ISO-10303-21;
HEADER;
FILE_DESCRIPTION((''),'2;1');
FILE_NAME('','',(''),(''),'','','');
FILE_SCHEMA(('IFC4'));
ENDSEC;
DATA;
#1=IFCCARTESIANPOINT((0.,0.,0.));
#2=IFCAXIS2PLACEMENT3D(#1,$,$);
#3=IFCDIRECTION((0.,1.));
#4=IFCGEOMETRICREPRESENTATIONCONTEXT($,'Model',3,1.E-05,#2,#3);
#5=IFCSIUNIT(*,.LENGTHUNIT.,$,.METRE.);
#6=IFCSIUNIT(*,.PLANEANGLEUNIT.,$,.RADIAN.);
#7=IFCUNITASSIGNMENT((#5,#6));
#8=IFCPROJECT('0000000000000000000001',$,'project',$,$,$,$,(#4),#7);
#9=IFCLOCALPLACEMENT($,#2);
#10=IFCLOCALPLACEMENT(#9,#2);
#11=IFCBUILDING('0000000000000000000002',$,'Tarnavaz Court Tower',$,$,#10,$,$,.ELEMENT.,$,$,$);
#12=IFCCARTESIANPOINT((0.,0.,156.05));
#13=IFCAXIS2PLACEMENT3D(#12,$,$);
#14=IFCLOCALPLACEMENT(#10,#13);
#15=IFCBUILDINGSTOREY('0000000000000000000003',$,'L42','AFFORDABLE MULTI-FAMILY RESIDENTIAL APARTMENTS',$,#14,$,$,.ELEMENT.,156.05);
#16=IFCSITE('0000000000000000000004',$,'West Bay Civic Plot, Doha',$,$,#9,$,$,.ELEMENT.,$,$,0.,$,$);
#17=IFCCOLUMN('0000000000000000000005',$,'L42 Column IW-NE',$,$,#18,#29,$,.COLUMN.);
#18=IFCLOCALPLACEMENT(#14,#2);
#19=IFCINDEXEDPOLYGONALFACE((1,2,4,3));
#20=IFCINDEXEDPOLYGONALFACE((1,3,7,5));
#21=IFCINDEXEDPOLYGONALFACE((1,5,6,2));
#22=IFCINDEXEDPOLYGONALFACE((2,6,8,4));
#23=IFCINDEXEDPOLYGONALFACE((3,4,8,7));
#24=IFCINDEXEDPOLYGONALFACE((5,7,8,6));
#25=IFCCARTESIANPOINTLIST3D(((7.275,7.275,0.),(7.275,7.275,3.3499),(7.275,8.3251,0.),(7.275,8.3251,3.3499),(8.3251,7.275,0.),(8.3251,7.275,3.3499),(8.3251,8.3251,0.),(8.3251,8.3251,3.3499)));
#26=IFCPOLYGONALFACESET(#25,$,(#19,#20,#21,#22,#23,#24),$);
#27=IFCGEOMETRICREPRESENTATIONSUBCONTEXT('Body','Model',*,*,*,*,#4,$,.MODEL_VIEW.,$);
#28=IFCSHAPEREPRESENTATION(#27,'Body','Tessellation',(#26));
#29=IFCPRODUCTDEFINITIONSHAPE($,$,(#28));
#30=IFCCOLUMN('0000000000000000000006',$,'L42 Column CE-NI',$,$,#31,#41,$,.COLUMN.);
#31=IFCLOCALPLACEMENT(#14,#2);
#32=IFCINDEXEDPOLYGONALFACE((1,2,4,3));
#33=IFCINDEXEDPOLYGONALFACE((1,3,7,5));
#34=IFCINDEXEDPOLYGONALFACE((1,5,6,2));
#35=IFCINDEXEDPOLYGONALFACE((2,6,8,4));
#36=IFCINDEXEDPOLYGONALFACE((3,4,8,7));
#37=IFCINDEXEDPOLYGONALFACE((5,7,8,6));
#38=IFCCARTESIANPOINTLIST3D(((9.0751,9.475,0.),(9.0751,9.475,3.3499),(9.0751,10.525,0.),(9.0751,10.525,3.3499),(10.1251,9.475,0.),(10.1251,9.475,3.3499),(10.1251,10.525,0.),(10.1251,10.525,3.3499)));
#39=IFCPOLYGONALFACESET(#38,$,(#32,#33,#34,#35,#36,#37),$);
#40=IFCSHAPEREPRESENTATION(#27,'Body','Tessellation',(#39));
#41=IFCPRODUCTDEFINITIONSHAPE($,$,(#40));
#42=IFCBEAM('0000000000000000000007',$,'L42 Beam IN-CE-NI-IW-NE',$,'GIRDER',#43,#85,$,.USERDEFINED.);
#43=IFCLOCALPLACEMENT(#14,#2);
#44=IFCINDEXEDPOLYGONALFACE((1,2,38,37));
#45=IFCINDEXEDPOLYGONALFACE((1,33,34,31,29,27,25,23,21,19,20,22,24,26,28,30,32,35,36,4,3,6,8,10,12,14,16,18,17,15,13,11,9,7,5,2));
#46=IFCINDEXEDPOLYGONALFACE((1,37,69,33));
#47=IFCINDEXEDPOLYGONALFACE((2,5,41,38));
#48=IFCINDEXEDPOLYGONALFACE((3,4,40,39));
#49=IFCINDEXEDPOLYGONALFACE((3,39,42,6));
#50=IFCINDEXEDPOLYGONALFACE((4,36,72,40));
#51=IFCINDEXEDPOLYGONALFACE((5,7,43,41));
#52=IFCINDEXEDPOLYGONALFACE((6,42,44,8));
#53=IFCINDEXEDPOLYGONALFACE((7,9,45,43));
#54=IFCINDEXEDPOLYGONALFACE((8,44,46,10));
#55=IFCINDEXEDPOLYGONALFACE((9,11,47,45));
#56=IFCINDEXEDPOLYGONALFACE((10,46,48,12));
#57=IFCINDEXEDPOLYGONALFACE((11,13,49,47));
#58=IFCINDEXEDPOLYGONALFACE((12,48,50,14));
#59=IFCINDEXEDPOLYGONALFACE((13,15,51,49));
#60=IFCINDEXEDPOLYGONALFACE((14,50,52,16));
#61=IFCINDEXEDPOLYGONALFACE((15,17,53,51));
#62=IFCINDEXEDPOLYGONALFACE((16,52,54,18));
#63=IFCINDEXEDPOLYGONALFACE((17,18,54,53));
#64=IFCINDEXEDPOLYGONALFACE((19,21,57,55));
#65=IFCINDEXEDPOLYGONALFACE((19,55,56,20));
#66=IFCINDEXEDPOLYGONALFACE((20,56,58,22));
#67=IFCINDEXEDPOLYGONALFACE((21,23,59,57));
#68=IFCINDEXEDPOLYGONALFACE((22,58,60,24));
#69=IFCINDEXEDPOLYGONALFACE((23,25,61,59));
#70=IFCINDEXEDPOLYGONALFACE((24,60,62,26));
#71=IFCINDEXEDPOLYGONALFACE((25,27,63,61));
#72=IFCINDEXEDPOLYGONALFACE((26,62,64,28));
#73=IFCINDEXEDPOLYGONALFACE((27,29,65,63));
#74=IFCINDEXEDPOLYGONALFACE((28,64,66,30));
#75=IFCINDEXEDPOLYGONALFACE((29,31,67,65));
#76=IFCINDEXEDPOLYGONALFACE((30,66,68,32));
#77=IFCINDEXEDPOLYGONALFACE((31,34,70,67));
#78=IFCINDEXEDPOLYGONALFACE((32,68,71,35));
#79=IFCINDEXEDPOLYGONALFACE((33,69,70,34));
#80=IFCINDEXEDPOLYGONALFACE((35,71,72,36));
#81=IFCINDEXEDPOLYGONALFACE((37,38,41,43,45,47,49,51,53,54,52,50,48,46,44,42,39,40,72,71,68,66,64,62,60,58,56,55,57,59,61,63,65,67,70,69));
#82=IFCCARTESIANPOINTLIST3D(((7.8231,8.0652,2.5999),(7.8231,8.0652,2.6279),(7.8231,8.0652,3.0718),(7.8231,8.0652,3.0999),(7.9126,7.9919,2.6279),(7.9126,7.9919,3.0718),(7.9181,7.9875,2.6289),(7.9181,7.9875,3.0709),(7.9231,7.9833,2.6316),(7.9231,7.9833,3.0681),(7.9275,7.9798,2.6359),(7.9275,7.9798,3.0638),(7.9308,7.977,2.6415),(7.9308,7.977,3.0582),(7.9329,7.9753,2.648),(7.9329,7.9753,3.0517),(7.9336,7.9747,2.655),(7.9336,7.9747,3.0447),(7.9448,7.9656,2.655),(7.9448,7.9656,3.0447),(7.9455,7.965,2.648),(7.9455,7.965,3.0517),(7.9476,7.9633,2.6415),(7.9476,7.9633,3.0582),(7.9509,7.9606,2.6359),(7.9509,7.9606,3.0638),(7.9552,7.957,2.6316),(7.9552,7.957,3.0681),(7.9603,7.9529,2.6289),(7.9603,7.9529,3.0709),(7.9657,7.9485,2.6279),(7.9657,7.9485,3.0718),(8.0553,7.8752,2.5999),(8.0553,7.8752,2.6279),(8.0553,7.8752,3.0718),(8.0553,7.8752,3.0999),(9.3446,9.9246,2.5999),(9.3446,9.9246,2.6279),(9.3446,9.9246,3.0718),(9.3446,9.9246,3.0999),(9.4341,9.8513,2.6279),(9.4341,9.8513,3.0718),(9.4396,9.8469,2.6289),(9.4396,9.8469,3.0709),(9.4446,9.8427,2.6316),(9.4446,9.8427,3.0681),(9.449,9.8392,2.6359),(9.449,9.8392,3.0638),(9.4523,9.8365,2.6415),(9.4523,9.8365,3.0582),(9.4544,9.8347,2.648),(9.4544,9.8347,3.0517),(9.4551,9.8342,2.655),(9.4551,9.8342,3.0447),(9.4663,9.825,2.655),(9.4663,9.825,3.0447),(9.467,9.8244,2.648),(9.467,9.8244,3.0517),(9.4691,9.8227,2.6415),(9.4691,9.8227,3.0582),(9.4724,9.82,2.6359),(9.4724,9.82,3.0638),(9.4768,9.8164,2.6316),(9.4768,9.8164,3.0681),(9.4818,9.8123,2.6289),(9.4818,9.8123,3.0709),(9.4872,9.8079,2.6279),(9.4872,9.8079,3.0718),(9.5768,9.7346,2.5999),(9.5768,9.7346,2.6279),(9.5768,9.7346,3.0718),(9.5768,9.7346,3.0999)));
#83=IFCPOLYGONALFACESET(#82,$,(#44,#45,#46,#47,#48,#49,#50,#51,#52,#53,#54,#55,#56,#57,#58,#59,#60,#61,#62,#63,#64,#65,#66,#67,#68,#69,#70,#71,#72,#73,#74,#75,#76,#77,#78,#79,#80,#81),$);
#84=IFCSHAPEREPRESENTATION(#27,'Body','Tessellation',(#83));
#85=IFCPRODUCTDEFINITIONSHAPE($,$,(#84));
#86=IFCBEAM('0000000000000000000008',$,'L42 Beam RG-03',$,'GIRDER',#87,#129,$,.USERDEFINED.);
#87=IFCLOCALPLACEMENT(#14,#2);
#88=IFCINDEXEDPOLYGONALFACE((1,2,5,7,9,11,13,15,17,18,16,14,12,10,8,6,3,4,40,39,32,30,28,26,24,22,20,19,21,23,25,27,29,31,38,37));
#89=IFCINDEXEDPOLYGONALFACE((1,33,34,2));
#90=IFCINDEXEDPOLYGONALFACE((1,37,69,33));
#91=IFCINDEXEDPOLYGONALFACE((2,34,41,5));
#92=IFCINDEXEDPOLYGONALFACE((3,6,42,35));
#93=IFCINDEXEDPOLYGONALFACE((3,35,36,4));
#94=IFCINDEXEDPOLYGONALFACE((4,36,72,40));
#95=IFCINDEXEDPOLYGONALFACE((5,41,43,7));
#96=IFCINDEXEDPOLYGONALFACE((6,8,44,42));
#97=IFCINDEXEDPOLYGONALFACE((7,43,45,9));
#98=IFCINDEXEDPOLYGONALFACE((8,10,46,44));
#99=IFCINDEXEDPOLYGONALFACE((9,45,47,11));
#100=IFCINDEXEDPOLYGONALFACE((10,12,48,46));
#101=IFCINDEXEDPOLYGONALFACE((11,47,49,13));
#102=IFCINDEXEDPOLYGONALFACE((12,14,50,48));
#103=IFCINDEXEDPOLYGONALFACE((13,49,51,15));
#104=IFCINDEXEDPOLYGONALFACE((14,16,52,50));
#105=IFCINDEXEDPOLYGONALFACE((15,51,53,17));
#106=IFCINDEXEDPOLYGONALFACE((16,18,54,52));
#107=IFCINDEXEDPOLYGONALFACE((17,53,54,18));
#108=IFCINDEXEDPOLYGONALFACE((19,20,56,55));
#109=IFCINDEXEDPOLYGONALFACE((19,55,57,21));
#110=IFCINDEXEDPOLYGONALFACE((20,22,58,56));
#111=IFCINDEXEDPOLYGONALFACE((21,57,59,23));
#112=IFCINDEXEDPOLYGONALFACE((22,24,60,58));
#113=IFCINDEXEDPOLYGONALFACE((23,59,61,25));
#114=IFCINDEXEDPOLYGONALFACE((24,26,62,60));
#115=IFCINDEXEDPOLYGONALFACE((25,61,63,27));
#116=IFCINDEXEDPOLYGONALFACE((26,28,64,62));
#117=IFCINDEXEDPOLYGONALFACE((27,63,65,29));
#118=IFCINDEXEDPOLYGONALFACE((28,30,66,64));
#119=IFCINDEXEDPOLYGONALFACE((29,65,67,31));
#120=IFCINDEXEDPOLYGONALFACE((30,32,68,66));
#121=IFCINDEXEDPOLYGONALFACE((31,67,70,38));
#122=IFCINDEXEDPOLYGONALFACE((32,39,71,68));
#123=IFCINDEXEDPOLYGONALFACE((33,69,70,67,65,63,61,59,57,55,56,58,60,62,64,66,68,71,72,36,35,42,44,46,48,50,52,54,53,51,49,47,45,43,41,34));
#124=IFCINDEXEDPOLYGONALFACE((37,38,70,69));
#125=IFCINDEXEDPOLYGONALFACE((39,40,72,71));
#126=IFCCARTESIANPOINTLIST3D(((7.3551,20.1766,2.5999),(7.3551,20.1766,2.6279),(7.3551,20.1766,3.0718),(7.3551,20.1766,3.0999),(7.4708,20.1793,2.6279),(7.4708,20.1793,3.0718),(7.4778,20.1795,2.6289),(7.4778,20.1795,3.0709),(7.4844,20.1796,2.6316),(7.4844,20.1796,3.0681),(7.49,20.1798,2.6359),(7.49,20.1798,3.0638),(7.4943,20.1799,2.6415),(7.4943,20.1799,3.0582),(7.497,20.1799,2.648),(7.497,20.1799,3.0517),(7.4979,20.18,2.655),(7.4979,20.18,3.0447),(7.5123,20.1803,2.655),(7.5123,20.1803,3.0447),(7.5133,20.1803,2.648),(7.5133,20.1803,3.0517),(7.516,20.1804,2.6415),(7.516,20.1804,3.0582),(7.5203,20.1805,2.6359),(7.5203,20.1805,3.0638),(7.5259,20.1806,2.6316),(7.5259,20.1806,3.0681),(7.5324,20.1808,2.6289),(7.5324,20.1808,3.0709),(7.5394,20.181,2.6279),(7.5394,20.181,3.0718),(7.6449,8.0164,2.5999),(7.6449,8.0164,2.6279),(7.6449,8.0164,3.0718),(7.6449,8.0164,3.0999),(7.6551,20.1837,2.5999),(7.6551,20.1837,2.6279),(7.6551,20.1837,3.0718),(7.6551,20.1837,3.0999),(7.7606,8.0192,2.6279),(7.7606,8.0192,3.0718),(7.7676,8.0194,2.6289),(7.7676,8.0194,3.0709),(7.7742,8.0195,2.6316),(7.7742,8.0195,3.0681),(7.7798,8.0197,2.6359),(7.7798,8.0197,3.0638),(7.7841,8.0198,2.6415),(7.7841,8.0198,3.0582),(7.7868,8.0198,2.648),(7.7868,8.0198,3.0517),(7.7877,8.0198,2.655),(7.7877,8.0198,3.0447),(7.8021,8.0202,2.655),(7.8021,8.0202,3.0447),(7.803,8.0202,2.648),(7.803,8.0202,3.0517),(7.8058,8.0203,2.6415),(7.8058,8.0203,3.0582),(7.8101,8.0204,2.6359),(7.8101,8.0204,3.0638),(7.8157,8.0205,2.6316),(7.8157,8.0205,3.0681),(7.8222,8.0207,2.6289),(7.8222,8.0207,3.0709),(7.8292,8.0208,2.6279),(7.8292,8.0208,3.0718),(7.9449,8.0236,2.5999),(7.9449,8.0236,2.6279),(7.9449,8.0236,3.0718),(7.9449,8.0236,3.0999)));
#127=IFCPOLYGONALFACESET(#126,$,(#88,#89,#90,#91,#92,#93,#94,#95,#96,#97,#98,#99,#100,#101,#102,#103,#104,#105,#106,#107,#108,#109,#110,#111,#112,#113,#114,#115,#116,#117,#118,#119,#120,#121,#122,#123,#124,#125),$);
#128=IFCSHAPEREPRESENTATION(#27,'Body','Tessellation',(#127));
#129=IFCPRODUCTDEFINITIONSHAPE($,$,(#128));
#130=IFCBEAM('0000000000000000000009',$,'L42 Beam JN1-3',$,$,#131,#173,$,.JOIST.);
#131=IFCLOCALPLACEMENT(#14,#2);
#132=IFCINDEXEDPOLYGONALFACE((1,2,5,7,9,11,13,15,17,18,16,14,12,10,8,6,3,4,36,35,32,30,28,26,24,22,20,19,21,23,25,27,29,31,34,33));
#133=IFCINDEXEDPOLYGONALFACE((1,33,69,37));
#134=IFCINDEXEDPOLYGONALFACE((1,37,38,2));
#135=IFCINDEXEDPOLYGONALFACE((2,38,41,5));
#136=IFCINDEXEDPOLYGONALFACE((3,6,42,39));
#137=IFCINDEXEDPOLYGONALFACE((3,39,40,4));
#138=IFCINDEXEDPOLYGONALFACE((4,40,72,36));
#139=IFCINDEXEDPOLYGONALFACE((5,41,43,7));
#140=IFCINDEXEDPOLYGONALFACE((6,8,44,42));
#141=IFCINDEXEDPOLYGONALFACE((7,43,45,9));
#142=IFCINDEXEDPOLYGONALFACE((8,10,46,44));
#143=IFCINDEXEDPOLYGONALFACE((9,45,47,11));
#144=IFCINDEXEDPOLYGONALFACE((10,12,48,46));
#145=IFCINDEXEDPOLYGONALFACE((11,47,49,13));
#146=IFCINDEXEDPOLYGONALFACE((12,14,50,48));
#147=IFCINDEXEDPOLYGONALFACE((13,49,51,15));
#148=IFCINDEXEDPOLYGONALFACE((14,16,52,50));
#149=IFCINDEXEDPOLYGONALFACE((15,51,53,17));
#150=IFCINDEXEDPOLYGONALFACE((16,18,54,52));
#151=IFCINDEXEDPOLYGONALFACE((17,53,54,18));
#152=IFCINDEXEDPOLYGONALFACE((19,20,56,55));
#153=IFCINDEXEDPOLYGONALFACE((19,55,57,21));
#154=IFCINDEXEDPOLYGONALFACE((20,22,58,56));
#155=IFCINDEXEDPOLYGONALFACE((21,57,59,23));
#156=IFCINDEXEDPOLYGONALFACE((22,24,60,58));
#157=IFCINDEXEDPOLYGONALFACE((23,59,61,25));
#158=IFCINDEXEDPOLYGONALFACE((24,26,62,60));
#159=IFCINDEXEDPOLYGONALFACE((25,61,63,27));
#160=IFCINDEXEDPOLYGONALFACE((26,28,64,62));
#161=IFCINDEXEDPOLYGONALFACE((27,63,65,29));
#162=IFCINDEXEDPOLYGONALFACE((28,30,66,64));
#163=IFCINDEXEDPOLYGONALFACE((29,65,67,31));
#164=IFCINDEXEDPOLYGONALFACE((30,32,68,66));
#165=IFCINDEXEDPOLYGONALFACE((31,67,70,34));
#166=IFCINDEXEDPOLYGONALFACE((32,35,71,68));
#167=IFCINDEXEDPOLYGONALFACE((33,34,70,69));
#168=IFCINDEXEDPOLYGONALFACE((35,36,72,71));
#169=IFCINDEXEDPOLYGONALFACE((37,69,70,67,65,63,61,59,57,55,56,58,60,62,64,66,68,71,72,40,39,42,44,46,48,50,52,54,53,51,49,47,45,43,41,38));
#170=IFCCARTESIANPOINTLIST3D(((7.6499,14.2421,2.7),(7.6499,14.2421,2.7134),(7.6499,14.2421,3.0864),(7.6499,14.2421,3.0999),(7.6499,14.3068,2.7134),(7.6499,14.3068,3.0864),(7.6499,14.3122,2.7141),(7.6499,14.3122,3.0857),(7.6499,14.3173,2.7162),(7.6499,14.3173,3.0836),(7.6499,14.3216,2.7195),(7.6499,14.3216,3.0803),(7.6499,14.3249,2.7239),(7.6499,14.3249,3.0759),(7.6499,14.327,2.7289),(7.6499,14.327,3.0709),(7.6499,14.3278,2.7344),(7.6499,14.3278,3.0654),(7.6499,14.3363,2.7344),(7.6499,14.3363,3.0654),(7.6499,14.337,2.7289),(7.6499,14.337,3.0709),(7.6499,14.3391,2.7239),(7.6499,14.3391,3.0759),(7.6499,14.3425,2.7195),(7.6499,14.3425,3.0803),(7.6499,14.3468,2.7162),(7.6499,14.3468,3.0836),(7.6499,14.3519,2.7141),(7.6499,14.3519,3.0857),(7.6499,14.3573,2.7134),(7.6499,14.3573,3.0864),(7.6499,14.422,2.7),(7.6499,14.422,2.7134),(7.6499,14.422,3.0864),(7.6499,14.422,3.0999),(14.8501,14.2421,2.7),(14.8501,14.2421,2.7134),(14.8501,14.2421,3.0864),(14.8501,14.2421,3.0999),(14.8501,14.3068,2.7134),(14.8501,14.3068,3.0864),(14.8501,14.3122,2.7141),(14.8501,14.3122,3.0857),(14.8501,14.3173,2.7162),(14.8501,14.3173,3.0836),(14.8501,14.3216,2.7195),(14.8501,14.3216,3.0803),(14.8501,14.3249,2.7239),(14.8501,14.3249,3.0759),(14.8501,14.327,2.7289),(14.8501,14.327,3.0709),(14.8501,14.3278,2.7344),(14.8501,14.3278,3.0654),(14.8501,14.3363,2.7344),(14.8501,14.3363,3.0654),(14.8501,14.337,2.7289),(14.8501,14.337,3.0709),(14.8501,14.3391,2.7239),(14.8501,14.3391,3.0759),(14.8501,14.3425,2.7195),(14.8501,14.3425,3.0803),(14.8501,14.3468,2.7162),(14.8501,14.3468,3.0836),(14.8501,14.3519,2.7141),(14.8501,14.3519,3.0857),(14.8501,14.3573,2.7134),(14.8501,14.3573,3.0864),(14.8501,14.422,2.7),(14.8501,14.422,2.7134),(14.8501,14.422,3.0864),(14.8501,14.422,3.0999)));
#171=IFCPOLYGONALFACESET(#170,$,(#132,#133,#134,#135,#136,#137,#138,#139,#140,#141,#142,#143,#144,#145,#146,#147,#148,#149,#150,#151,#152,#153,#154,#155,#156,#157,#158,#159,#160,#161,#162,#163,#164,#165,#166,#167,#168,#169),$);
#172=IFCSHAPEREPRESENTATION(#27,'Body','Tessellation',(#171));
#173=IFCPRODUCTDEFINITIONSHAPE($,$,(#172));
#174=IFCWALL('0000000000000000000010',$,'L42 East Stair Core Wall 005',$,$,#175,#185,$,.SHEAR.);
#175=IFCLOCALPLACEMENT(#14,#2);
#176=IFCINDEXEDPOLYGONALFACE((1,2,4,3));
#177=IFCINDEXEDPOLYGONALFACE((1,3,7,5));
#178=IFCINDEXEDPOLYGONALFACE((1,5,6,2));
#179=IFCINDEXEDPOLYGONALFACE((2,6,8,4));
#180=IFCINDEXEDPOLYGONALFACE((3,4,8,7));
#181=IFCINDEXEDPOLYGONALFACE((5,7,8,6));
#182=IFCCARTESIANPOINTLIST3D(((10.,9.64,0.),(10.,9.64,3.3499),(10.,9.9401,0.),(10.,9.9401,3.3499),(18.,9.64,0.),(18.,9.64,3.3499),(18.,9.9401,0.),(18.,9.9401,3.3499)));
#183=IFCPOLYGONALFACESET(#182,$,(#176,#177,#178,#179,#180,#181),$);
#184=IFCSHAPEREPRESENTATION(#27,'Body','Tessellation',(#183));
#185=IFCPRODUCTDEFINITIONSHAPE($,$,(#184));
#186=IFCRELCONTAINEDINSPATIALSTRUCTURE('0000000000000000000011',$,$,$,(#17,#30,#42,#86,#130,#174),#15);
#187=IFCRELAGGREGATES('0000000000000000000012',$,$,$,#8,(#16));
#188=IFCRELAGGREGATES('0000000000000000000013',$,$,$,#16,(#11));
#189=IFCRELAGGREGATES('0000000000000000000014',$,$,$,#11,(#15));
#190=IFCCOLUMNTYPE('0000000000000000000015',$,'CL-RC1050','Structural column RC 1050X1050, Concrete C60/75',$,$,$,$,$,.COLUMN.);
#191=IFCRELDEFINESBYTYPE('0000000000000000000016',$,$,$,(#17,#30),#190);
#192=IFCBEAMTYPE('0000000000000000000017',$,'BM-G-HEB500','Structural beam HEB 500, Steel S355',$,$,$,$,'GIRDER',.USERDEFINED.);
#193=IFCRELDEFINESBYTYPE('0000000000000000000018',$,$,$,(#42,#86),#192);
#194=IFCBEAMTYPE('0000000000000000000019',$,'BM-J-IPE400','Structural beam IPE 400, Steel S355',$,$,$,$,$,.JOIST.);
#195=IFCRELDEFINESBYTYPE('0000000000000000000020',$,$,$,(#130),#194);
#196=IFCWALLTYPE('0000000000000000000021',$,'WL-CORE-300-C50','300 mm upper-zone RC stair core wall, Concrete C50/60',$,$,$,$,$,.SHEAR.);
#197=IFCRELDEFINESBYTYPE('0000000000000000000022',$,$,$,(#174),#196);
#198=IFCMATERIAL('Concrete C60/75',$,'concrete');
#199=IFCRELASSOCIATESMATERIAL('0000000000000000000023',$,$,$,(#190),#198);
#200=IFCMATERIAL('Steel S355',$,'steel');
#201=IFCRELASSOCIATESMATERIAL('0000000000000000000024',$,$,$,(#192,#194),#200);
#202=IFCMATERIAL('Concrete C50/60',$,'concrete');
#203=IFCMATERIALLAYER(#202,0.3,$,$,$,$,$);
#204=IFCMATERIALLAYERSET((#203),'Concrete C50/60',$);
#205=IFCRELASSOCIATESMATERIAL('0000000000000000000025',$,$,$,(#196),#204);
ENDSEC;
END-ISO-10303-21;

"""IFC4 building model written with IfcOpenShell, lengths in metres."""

from ifc_helpers import new_model, si_unit, direction, frame, frame_2d, origin, origin_2d, place, context, subcontext, project, spatial, rectangle, i_section, extrude, material, layer, layer_set, material_profile, profile_set, type_object, element, save


model = new_model("IFC4")

# Units and contexts
model_context = context("Model", 3, precision=1e-05, world=origin(), true_north=direction((0.0, 1.0)))
body_context = subcontext(model_context, "Body", "Model", "MODEL_VIEW")
ifc_project = project(units=[si_unit("LENGTHUNIT", "METRE"), si_unit("PLANEANGLEUNIT", "RADIAN")], contexts=[model_context])

# Site, building, storey
site_placement = place(None, origin())
site = spatial("IfcSite", under=ifc_project, at=site_placement, Name="West Bay Civic Plot, Doha", CompositionType="ELEMENT", RefElevation=0.0)
building_placement = place(site_placement, origin())
building = spatial("IfcBuilding", under=site, at=building_placement, Name="Tarnavaz Court Tower", CompositionType="ELEMENT")
storey_placement = place(building_placement, frame((0.0, 0.0, 156.05)))
storey = spatial("IfcBuildingStorey", under=building, at=storey_placement, Name="L42", Description="AFFORDABLE MULTI-FAMILY RESIDENTIAL APARTMENTS", CompositionType="ELEMENT", Elevation=156.05)

# Columns
ifc_material_1 = material(Name="Concrete C60/75", Category="concrete")
ifc_material_profile_1 = material_profile(ifc_material_1, rectangle(XDim=1.05, YDim=1.05, at=origin_2d()), Name="RC 1050X1050")
ifc_profile_set_1 = profile_set([ifc_material_profile_1], Name="Concrete C60/75")
column_type = type_object("IfcColumnType", Name="CL-RC1050", Description="Structural column RC 1050X1050, Concrete C60/75", PredefinedType="COLUMN", material=ifc_profile_set_1)
for number, where, z_axis, x_axis, name in (
    (1, (7.8, 7.8, 0.0), (0.0, 0.0, 1.0), (1.0, 0.0, 0.0), "L42 Column IW-NE"),
    (2, (9.6001, 10.0, 0.0), (0.0, 0.0, 1.0), (1.0, 0.0, 0.0), "L42 Column CE-NI"),
):
    element("IfcColumn", number, at=place(storey_placement, frame(where, z_axis=z_axis, x_axis=x_axis)), inside=storey, type_object=column_type, Name=name, PredefinedType="COLUMN", context=body_context, shape_type="SweptSolid", body=[
        extrude(rectangle(XDim=1.05, YDim=1.05, at=origin_2d()), origin(), (0.0, 0.0, 1.0), 3.3499),
    ])

# Beams
ifc_material_2 = material(Name="Steel S355", Category="steel")
ifc_material_profile_2 = material_profile(ifc_material_2, i_section(OverallWidth=0.3, OverallDepth=0.5, WebThickness=0.0144, FlangeThickness=0.0281, FilletRadius=0.0271, at=origin_2d()), Name="HEB 500")
ifc_profile_set_2 = profile_set([ifc_material_profile_2], Name="Steel S355")
beam_type_1 = type_object("IfcBeamType", Name="BM-G-HEB500", Description="Structural beam HEB 500, Steel S355", ElementType="GIRDER", PredefinedType="USERDEFINED", material=ifc_profile_set_2)
beam_1_placement = place(storey_placement, frame((9.4607, 9.8296, 2.8499), z_axis=(-0.633282, -0.773921, 0.0), x_axis=(0.773921, -0.633282, 0.0)))
element("IfcBeam", 3, at=beam_1_placement, inside=storey, type_object=beam_type_1, Name="L42 Beam IN-CE-NI-IW-NE", ObjectType="GIRDER", PredefinedType="USERDEFINED", context=body_context, shape_type="SweptSolid", body=[
    extrude(i_section(OverallWidth=0.3, OverallDepth=0.5, WebThickness=0.0144, FlangeThickness=0.0281, FilletRadius=0.0271, at=origin_2d()), origin(), (0.0, 0.0, 1.0), 2.4026),
])
beam_2_placement = place(storey_placement, frame((7.7949, 8.02, 2.8499), z_axis=(-0.023825, 0.999716, 0.0), x_axis=(-0.999716, -0.023825, 0.0)))
element("IfcBeam", 4, at=beam_2_placement, inside=storey, type_object=beam_type_1, Name="L42 Beam RG-03", ObjectType="GIRDER", PredefinedType="USERDEFINED", context=body_context, shape_type="SweptSolid", body=[
    extrude(i_section(OverallWidth=0.3, OverallDepth=0.5, WebThickness=0.0144, FlangeThickness=0.0281, FilletRadius=0.0271, at=origin_2d()), origin(), (0.0, 0.0, 1.0), 12.1636),
])
ifc_material_profile_3 = material_profile(ifc_material_2, i_section(OverallWidth=0.1799, OverallDepth=0.3999, WebThickness=0.0085, FlangeThickness=0.0134, FilletRadius=0.021, at=origin_2d()), Name="IPE 400")
ifc_profile_set_3 = profile_set([ifc_material_profile_3], Name="Steel S355")
beam_type_2 = type_object("IfcBeamType", Name="BM-J-IPE400", Description="Structural beam IPE 400, Steel S355", PredefinedType="JOIST", material=ifc_profile_set_3)
beam_3_placement = place(storey_placement, frame((7.6499, 14.332, 2.8999), z_axis=(1.0, 0.0, 0.0), x_axis=(0.0, 1.0, 0.0)))
element("IfcBeam", 5, at=beam_3_placement, inside=storey, type_object=beam_type_2, Name="L42 Beam JN1-3", PredefinedType="JOIST", context=body_context, shape_type="SweptSolid", body=[
    extrude(i_section(OverallWidth=0.1799, OverallDepth=0.3999, WebThickness=0.0085, FlangeThickness=0.0134, FilletRadius=0.021, at=origin_2d()), origin(), (0.0, 0.0, 1.0), 7.2002),
])

# Wall
ifc_material_3 = material(Name="Concrete C50/60", Category="concrete")
ifc_layer_1 = layer(ifc_material_3, 0.3)
ifc_layer_set_1 = layer_set([ifc_layer_1], Name="Concrete C50/60")
wall_type_1 = type_object("IfcWallType", Name="WL-CORE-300-C50", Description="300 mm upper-zone RC stair core wall, Concrete C50/60", PredefinedType="SHEAR", material=ifc_layer_set_1)
wall_1_placement = place(storey_placement, frame((10.0, 9.79, 0.0), z_axis=(0.0, 0.0, 1.0), x_axis=(1.0, 0.0, 0.0)))
element("IfcWall", 6, at=wall_1_placement, inside=storey, type_object=wall_type_1, Name="L42 East Stair Core Wall 005", PredefinedType="SHEAR", context=body_context, shape_type="SweptSolid", body=[
    extrude(rectangle(XDim=8.0, YDim=0.3, at=frame_2d((4.0, 0.0))), origin(), (0.0, 0.0, 1.0), 3.3499),
])

save(model, "model.ifc")
